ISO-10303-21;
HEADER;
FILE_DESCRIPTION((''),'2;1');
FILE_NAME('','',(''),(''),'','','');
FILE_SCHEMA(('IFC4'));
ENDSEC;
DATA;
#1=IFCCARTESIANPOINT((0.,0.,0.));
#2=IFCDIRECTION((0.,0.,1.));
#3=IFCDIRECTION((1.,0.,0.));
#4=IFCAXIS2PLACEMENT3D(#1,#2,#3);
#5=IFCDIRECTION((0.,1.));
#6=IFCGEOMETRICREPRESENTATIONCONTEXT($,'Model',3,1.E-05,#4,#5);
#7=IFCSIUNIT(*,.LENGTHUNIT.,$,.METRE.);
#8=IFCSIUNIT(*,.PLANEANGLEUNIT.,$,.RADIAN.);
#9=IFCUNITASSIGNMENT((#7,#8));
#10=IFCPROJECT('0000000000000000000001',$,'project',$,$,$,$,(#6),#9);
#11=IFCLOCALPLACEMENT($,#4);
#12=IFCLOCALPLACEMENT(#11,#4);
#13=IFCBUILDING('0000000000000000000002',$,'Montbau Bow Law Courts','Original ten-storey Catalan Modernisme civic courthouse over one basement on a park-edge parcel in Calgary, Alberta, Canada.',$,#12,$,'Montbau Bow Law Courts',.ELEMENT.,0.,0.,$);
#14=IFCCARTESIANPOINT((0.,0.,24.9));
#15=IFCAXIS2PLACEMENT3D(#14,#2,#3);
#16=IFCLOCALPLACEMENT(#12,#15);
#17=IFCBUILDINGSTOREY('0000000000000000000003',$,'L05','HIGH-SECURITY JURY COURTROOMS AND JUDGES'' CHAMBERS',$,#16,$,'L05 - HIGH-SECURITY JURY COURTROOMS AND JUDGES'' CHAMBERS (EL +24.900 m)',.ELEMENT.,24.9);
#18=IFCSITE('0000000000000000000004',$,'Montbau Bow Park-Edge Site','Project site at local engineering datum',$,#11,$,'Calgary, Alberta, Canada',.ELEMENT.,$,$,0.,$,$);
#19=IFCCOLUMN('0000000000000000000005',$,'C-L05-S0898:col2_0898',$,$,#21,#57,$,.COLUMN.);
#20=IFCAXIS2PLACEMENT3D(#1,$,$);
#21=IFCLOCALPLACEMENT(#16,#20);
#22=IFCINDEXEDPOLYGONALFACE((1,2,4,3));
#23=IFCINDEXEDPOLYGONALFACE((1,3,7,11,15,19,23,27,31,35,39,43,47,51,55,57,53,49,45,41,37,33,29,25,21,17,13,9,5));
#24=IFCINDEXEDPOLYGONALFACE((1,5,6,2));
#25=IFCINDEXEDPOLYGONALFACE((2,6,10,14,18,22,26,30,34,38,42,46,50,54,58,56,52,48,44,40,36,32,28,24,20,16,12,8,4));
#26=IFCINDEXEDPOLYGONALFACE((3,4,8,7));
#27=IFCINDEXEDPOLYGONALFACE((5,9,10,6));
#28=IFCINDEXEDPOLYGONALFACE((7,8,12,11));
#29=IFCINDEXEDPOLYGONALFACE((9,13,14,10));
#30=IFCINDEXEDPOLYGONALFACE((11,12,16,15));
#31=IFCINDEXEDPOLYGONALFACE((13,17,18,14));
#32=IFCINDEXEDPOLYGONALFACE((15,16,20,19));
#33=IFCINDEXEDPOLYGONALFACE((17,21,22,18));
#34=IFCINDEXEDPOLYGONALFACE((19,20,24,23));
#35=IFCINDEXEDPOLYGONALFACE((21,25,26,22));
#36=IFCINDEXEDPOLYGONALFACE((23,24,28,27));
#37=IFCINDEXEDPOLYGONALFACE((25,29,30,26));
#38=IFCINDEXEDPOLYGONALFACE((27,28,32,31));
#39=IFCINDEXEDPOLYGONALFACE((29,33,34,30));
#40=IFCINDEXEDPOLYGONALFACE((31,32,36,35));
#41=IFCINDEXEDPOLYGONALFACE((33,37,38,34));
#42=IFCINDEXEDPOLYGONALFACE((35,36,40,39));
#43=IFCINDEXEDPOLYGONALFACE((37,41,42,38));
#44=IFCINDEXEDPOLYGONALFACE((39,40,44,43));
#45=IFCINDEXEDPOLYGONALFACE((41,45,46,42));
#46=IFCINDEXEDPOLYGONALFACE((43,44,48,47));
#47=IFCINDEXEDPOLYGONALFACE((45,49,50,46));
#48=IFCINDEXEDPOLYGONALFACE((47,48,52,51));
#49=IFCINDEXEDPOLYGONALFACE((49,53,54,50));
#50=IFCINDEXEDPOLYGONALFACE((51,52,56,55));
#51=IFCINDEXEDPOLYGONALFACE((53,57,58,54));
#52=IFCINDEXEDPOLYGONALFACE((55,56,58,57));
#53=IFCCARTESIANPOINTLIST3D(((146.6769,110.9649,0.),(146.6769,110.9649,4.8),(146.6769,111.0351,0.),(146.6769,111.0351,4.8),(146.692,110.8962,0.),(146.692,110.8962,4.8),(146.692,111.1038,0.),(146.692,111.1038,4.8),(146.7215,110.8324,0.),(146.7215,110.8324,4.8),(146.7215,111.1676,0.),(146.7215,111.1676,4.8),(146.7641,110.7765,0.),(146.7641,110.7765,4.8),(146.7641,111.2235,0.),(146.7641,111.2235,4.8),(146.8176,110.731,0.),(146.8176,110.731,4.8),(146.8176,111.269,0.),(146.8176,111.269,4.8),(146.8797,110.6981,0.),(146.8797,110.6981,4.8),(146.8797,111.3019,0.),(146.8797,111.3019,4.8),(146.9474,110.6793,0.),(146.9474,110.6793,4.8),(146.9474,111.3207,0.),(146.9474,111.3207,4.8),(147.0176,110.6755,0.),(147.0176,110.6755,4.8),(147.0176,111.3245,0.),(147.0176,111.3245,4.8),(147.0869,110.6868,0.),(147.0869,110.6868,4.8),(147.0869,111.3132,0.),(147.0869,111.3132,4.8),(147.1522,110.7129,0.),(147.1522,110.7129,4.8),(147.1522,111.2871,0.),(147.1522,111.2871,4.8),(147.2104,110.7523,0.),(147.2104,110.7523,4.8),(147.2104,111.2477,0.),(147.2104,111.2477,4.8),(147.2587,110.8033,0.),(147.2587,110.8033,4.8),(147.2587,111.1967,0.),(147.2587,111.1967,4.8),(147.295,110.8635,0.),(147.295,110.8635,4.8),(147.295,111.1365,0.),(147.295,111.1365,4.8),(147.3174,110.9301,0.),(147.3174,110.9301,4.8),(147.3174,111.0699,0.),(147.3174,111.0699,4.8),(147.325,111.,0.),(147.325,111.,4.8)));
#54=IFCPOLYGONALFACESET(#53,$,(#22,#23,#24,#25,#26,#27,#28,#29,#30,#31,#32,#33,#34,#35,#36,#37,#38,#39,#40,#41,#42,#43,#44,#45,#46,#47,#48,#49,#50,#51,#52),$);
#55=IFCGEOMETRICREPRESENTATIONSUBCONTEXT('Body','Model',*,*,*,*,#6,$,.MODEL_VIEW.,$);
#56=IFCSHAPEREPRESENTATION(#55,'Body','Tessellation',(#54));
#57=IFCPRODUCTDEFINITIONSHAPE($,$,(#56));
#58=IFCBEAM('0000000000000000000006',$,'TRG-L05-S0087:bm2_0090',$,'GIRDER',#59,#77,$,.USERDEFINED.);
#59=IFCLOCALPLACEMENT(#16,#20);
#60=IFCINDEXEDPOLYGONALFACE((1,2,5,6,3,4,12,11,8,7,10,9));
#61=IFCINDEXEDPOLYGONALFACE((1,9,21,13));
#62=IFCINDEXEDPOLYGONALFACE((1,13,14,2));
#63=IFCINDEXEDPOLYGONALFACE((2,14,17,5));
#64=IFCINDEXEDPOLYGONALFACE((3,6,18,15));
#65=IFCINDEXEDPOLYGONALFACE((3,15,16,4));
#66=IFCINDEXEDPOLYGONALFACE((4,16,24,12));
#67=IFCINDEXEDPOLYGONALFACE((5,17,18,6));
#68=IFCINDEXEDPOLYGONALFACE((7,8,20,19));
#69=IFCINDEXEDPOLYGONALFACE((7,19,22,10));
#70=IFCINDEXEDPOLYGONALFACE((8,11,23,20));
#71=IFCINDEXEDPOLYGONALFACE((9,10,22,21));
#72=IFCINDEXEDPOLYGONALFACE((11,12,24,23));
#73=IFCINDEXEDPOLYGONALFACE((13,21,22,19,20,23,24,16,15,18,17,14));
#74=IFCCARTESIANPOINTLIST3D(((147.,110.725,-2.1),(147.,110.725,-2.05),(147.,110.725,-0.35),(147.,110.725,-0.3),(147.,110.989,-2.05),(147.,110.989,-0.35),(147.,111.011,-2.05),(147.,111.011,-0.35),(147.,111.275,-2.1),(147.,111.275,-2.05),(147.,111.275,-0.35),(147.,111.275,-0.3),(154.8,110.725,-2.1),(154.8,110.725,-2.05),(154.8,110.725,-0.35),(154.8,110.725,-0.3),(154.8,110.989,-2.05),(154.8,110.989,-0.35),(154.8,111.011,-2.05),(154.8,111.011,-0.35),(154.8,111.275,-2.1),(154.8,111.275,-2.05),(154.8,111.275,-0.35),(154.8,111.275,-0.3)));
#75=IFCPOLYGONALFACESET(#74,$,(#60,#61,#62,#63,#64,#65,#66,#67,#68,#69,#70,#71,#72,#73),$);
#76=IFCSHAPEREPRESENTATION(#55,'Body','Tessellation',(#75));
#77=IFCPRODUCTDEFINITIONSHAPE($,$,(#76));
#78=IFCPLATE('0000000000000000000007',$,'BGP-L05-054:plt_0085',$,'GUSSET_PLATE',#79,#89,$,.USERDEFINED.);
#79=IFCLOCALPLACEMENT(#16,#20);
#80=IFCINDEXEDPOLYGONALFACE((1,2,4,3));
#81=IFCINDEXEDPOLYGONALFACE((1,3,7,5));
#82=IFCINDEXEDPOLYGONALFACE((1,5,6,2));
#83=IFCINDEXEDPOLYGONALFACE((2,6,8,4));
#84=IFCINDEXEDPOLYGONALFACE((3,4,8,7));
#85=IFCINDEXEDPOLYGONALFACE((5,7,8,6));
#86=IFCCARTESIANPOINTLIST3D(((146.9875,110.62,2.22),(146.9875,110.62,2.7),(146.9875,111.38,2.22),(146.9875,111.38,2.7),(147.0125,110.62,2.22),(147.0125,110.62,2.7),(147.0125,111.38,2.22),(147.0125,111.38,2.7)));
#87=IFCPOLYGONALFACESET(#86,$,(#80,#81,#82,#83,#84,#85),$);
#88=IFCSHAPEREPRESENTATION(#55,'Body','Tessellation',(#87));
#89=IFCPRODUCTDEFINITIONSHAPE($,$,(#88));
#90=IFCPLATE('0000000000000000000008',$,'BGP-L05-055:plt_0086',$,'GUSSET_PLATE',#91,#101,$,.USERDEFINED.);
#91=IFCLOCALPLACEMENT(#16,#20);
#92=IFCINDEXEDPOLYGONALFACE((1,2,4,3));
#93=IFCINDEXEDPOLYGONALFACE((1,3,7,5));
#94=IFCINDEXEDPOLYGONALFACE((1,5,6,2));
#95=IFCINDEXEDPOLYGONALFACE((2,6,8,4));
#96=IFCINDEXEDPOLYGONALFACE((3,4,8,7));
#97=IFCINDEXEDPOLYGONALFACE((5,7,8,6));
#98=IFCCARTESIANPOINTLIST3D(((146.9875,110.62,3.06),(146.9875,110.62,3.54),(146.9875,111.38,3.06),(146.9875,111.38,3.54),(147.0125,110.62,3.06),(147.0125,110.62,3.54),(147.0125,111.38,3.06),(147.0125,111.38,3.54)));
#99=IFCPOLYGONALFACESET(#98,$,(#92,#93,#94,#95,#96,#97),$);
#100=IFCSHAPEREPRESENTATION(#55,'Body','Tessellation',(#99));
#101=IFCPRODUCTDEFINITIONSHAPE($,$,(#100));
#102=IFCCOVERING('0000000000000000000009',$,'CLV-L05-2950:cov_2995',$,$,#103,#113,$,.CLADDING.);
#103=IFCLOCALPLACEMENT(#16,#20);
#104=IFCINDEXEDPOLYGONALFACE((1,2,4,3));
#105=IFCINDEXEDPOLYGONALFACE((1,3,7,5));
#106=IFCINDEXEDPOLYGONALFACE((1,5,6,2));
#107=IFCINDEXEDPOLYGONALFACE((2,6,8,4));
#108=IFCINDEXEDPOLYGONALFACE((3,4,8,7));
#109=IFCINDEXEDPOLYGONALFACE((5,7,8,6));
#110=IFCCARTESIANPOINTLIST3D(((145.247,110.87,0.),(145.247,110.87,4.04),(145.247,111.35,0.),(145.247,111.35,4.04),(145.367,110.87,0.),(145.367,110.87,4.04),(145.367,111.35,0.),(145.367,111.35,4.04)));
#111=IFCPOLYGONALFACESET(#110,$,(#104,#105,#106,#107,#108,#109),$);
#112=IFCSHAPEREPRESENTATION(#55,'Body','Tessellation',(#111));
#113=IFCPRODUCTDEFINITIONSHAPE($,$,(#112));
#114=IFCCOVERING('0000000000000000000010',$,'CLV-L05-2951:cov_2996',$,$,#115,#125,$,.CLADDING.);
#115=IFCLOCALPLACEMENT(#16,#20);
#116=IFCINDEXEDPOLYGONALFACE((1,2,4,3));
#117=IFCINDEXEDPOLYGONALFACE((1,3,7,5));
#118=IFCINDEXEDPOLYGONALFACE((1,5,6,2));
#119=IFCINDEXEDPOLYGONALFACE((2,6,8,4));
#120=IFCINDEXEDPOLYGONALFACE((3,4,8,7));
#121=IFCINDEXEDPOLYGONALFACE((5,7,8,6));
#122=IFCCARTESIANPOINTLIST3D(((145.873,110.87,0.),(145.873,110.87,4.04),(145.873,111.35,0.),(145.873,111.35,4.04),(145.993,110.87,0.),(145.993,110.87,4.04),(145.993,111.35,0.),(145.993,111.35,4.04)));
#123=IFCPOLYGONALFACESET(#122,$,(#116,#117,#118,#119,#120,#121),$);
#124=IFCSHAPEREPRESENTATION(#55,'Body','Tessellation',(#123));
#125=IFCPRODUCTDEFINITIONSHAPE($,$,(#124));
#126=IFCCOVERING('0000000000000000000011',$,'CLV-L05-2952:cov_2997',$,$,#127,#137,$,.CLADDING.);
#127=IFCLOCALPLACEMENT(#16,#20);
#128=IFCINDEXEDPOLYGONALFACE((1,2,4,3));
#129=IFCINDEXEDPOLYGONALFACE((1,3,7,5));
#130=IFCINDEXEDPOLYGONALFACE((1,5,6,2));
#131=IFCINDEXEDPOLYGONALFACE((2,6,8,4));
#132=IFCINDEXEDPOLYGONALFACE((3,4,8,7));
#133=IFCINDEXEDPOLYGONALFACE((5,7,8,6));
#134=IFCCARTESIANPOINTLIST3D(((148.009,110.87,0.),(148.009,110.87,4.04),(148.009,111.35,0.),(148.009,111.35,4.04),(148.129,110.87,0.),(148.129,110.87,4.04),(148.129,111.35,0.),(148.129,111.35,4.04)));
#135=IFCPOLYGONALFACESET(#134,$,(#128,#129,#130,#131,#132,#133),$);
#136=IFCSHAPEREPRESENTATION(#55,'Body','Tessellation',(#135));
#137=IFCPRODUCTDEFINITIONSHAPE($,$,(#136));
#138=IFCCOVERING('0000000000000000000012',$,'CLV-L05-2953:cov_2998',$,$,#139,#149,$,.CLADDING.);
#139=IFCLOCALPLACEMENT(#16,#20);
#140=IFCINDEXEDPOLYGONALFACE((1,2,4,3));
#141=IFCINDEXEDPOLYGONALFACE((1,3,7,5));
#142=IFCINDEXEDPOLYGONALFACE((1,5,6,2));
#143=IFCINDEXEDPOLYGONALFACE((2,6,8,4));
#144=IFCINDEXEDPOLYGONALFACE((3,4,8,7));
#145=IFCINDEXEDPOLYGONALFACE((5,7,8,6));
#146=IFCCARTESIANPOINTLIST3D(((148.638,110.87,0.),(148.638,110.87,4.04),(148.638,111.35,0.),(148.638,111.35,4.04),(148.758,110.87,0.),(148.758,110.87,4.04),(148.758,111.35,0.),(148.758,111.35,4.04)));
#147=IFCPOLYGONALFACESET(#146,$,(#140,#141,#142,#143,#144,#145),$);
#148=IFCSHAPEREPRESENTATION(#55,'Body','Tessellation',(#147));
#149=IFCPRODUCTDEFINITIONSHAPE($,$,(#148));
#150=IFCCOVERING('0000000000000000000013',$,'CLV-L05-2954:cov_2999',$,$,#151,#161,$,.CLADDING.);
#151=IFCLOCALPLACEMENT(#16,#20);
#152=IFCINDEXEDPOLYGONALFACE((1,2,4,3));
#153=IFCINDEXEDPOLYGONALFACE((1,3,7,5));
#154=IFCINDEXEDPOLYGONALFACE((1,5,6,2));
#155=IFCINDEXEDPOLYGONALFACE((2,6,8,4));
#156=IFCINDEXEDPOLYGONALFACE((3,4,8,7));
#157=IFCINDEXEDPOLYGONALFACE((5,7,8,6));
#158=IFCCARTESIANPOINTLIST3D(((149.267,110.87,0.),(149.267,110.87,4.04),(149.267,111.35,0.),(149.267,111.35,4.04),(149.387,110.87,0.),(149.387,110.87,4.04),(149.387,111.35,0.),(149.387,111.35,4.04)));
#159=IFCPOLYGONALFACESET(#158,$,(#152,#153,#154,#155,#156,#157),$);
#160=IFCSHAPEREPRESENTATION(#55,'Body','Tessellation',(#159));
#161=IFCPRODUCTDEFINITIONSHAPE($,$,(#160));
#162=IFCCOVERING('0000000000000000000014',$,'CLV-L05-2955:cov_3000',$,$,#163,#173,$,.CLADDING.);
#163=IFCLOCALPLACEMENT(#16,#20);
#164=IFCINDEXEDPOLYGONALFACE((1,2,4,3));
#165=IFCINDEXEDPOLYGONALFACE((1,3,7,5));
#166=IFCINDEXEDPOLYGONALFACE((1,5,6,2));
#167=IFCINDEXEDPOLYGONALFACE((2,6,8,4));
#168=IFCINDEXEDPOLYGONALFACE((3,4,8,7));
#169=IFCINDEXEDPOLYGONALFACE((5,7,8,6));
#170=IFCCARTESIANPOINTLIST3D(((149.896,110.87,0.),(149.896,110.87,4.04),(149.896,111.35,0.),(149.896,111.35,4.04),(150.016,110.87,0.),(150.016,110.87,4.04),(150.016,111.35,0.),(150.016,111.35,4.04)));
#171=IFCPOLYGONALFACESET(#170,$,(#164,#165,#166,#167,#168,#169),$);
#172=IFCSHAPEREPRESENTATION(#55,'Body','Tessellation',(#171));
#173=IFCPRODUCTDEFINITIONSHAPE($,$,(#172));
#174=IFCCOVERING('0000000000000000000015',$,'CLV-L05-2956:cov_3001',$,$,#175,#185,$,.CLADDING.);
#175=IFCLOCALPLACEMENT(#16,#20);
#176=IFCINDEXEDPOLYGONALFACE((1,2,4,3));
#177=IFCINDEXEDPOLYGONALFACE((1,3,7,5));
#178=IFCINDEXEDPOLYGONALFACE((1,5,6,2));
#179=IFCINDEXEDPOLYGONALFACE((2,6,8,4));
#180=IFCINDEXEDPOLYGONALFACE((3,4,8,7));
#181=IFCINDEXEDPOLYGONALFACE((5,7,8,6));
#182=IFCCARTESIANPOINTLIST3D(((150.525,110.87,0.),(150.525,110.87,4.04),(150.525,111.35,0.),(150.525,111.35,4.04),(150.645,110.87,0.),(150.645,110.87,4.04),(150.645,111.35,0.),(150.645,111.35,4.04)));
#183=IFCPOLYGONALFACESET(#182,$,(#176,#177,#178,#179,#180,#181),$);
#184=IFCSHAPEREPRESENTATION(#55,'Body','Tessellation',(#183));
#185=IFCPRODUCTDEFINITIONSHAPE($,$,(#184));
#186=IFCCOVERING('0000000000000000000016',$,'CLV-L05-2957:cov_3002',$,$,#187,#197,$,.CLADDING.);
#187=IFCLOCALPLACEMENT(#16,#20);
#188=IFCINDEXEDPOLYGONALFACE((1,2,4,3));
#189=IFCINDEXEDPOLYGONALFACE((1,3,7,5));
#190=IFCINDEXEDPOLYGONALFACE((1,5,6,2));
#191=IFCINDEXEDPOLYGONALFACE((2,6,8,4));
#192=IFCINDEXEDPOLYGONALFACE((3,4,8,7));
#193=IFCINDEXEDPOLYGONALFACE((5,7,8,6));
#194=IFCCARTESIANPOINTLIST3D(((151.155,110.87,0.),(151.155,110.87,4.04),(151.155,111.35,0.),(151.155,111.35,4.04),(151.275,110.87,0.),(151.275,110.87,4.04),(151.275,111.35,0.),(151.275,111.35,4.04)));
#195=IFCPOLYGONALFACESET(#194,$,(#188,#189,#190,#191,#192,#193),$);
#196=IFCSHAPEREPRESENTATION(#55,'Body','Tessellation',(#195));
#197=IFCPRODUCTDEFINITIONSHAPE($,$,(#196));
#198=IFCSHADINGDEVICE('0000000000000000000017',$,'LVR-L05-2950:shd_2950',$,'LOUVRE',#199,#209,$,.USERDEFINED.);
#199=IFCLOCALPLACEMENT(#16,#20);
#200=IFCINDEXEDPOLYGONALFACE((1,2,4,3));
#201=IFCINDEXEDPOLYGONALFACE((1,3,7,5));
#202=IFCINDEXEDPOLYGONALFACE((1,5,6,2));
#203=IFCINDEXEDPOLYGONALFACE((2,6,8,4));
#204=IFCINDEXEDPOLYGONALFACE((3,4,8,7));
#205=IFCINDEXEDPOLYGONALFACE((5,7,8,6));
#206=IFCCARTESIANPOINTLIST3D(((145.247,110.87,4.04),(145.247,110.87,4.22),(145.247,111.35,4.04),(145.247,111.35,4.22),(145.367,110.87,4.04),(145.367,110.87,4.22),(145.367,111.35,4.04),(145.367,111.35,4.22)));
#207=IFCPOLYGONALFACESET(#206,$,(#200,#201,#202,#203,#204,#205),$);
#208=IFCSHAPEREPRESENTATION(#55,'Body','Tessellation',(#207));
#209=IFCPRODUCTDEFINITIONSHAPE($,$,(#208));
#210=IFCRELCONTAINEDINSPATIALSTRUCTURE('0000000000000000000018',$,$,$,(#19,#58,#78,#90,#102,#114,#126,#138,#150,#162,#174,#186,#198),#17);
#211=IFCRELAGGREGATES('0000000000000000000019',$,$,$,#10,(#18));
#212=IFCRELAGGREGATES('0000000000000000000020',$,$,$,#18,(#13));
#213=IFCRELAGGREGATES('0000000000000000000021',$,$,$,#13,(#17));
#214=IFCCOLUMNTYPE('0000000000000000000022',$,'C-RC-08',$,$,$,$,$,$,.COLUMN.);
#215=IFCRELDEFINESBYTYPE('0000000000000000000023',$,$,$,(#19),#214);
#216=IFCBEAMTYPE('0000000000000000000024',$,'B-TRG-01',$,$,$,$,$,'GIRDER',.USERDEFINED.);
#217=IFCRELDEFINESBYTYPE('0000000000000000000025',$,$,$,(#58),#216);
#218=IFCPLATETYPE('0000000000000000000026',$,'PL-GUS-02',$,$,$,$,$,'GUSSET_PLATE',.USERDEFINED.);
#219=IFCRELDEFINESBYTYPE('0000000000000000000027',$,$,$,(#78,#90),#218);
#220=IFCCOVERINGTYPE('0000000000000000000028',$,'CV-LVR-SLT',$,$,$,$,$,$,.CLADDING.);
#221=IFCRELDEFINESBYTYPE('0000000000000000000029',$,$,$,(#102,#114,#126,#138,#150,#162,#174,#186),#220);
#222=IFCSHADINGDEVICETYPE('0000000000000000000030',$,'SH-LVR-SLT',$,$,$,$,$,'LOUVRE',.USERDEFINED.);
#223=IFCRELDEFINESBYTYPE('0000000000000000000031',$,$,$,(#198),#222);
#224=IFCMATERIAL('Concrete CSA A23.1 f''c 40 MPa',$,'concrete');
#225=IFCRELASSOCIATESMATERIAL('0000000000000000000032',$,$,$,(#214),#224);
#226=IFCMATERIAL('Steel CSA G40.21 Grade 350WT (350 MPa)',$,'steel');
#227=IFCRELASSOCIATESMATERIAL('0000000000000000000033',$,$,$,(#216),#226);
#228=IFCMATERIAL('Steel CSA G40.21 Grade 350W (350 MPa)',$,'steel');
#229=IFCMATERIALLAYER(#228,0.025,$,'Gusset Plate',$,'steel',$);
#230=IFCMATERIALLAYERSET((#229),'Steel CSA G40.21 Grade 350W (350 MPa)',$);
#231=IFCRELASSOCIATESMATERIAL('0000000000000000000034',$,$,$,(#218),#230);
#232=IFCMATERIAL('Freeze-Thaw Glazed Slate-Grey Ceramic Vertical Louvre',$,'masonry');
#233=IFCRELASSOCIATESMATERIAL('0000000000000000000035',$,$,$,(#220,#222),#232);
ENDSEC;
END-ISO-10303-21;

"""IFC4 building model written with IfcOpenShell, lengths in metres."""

from ifc_helpers import new_model, si_unit, direction, frame, frame_2d, origin_with_axes, origin_2d_with_axis, place, context, subcontext, project, spatial, rectangle, circle, i_section, extrude, material, layer, layer_set, material_profile, profile_set, type_object, element, save


model = new_model("IFC4")

# Units and contexts
model_context = context("Model", 3, precision=1e-05, world=origin_with_axes(), true_north=direction((0.0, 1.0)))
body_context = subcontext(model_context, "Body", "Model", "MODEL_VIEW")
ifc_project = project(units=[si_unit("LENGTHUNIT", "METRE"), si_unit("PLANEANGLEUNIT", "RADIAN")], contexts=[model_context])

# Site, building, storey
site_placement = place(None, origin_with_axes())
site = spatial("IfcSite", under=ifc_project, at=site_placement, Name="Montbau Bow Park-Edge Site", Description="Project site at local engineering datum", LongName="Calgary, Alberta, Canada", CompositionType="ELEMENT", RefElevation=0.0)
building_placement = place(site_placement, origin_with_axes())
building = spatial("IfcBuilding", under=site, at=building_placement, Name="Montbau Bow Law Courts", Description="Original ten-storey Catalan Modernisme civic courthouse over one basement on a park-edge parcel in Calgary, Alberta, Canada.", LongName="Montbau Bow Law Courts", CompositionType="ELEMENT", ElevationOfRefHeight=0.0, ElevationOfTerrain=0.0)
storey_placement = place(building_placement, frame((0.0, 0.0, 24.9), z_axis=(0.0, 0.0, 1.0), x_axis=(1.0, 0.0, 0.0)))
storey = spatial("IfcBuildingStorey", under=building, at=storey_placement, Name="L05", Description="HIGH-SECURITY JURY COURTROOMS AND JUDGES' CHAMBERS", LongName="L05 - HIGH-SECURITY JURY COURTROOMS AND JUDGES' CHAMBERS (EL +24.900 m)", CompositionType="ELEMENT", Elevation=24.9)

# Column
ifc_material_1 = material(Name="Concrete CSA A23.1 f'c 40 MPa", Category="concrete")
ifc_material_profile_1 = material_profile(ifc_material_1, circle(Radius=0.325, at=origin_2d_with_axis()), Name="RC650D", Category="Main", Priority=0)
ifc_profile_set_1 = profile_set([ifc_material_profile_1], Name="Concrete CSA A23.1 f'c 40 MPa")
column_type = type_object("IfcColumnType", Name="C-RC-08", PredefinedType="COLUMN", material=ifc_profile_set_1)
column_placement = place(None, frame((147.0, 111.0, 24.9), z_axis=(0.0, 0.0, 1.0), x_axis=(1.0, 0.0, 0.0)))
element("IfcColumn", 1, at=column_placement, inside=storey, type_object=column_type, Name="C-L05-S0898:col2_0898", PredefinedType="COLUMN", context=body_context, shape_type="SweptSolid", body=[
    extrude(circle(Radius=0.325, at=origin_2d_with_axis()), origin_with_axes(), (0.0, 0.0, 1.0), 4.8),
])

# Beam
ifc_material_2 = material(Name="Steel CSA G40.21 Grade 350WT (350 MPa)", Category="steel")
ifc_material_profile_2 = material_profile(ifc_material_2, i_section(OverallWidth=0.55, OverallDepth=1.8, WebThickness=0.022, FlangeThickness=0.05, at=origin_2d_with_axis()), Name="WWF1800X550", Category="Main", Priority=0)
ifc_profile_set_2 = profile_set([ifc_material_profile_2], Name="Steel CSA G40.21 Grade 350WT (350 MPa)")
beam_type = type_object("IfcBeamType", Name="B-TRG-01", ElementType="GIRDER", PredefinedType="USERDEFINED", material=ifc_profile_set_2)
beam_placement = place(None, frame((147.0, 111.0, 23.7), z_axis=(1.0, 0.0, 0.0), x_axis=(0.0, 1.0, 0.0)))
element("IfcBeam", 2, at=beam_placement, inside=storey, type_object=beam_type, Name="TRG-L05-S0087:bm2_0090", ObjectType="GIRDER", PredefinedType="USERDEFINED", context=body_context, shape_type="SweptSolid", body=[
    extrude(i_section(OverallWidth=0.55, OverallDepth=1.8, WebThickness=0.022, FlangeThickness=0.05, at=origin_2d_with_axis()), origin_with_axes(), (0.0, 0.0, 1.0), 7.8),
])

# Plates
ifc_material_3 = material(Name="Steel CSA G40.21 Grade 350W (350 MPa)", Category="steel")
ifc_layer = layer(ifc_material_3, 0.025, Name="Gusset Plate", Category="steel")
ifc_layer_set = layer_set([ifc_layer], Name="Steel CSA G40.21 Grade 350W (350 MPa)")
plate_type = type_object("IfcPlateType", Name="PL-GUS-02", ElementType="GUSSET_PLATE", PredefinedType="USERDEFINED", material=ifc_layer_set)
for number, where, z_axis, x_axis, name in (
    (3, (147.0, 111.0, 27.12), (0.0, 0.0, 1.0), (0.0, 1.0, 0.0), "BGP-L05-054:plt_0085"),
    (4, (147.0, 111.0, 27.96), (0.0, 0.0, 1.0), (0.0, 1.0, 0.0), "BGP-L05-055:plt_0086"),
):
    element("IfcPlate", number, at=place(None, frame(where, z_axis=z_axis, x_axis=x_axis)), inside=storey, type_object=plate_type, Name=name, ObjectType="GUSSET_PLATE", PredefinedType="USERDEFINED", context=body_context, shape_type="SweptSolid", body=[
        extrude(rectangle(XDim=0.76, YDim=0.025, at=origin_2d_with_axis()), origin_with_axes(), (0.0, 0.0, 1.0), 0.48),
    ])

# Coverings
ifc_material_4 = material(Name="Freeze-Thaw Glazed Slate-Grey Ceramic Vertical Louvre", Category="masonry")
covering_type = type_object("IfcCoveringType", Name="CV-LVR-SLT", PredefinedType="CLADDING", material=ifc_material_4)
for number, where, z_axis, x_axis, name in (
    (5, (145.307, 110.87, 24.9), (1.0, 0.0, 0.0), (0.0, 1.0, 0.0), "CLV-L05-2950:cov_2995"),
    (6, (145.933, 110.87, 24.9), (1.0, 0.0, 0.0), (0.0, 1.0, 0.0), "CLV-L05-2951:cov_2996"),
    (7, (148.069, 110.87, 24.9), (1.0, 0.0, 0.0), (0.0, 1.0, 0.0), "CLV-L05-2952:cov_2997"),
    (8, (148.698, 110.87, 24.9), (1.0, 0.0, 0.0), (0.0, 1.0, 0.0), "CLV-L05-2953:cov_2998"),
    (9, (149.327, 110.87, 24.9), (1.0, 0.0, 0.0), (0.0, 1.0, 0.0), "CLV-L05-2954:cov_2999"),
    (10, (149.956, 110.87, 24.9), (1.0, 0.0, 0.0), (0.0, 1.0, 0.0), "CLV-L05-2955:cov_3000"),
    (11, (150.585, 110.87, 24.9), (1.0, 0.0, 0.0), (0.0, 1.0, 0.0), "CLV-L05-2956:cov_3001"),
    (12, (151.215, 110.87, 24.9), (1.0, 0.0, 0.0), (0.0, 1.0, 0.0), "CLV-L05-2957:cov_3002"),
):
    element("IfcCovering", number, at=place(None, frame(where, z_axis=z_axis, x_axis=x_axis)), inside=storey, type_object=covering_type, Name=name, PredefinedType="CLADDING", context=body_context, shape_type="SweptSolid", body=[
        extrude(rectangle(XDim=0.48, YDim=4.04, at=frame_2d((0.24, 2.02), x_axis=(1.0, 0.0))), frame((0.0, 0.0, -0.06), z_axis=(0.0, 0.0, 1.0), x_axis=(1.0, 0.0, 0.0)), (0.0, 0.0, 1.0), 0.12),
    ])

# Shading device
shading_device_type = type_object("IfcShadingDeviceType", Name="SH-LVR-SLT", ElementType="LOUVRE", PredefinedType="USERDEFINED", material=ifc_material_4)
for number, where, z_axis, x_axis, name in (
    (13, (145.307, 111.11, 28.94), (0.0, 0.0, 1.0), (0.0, 1.0, 0.0), "LVR-L05-2950:shd_2950"),
):
    element("IfcShadingDevice", number, at=place(None, frame(where, z_axis=z_axis, x_axis=x_axis)), inside=storey, type_object=shading_device_type, Name=name, ObjectType="LOUVRE", PredefinedType="USERDEFINED", context=body_context, shape_type="SweptSolid", body=[
        extrude(rectangle(XDim=0.48, YDim=0.12, at=origin_2d_with_axis()), origin_with_axes(), (0.0, 0.0, 1.0), 0.18),
    ])

save(model, "model.ifc")
